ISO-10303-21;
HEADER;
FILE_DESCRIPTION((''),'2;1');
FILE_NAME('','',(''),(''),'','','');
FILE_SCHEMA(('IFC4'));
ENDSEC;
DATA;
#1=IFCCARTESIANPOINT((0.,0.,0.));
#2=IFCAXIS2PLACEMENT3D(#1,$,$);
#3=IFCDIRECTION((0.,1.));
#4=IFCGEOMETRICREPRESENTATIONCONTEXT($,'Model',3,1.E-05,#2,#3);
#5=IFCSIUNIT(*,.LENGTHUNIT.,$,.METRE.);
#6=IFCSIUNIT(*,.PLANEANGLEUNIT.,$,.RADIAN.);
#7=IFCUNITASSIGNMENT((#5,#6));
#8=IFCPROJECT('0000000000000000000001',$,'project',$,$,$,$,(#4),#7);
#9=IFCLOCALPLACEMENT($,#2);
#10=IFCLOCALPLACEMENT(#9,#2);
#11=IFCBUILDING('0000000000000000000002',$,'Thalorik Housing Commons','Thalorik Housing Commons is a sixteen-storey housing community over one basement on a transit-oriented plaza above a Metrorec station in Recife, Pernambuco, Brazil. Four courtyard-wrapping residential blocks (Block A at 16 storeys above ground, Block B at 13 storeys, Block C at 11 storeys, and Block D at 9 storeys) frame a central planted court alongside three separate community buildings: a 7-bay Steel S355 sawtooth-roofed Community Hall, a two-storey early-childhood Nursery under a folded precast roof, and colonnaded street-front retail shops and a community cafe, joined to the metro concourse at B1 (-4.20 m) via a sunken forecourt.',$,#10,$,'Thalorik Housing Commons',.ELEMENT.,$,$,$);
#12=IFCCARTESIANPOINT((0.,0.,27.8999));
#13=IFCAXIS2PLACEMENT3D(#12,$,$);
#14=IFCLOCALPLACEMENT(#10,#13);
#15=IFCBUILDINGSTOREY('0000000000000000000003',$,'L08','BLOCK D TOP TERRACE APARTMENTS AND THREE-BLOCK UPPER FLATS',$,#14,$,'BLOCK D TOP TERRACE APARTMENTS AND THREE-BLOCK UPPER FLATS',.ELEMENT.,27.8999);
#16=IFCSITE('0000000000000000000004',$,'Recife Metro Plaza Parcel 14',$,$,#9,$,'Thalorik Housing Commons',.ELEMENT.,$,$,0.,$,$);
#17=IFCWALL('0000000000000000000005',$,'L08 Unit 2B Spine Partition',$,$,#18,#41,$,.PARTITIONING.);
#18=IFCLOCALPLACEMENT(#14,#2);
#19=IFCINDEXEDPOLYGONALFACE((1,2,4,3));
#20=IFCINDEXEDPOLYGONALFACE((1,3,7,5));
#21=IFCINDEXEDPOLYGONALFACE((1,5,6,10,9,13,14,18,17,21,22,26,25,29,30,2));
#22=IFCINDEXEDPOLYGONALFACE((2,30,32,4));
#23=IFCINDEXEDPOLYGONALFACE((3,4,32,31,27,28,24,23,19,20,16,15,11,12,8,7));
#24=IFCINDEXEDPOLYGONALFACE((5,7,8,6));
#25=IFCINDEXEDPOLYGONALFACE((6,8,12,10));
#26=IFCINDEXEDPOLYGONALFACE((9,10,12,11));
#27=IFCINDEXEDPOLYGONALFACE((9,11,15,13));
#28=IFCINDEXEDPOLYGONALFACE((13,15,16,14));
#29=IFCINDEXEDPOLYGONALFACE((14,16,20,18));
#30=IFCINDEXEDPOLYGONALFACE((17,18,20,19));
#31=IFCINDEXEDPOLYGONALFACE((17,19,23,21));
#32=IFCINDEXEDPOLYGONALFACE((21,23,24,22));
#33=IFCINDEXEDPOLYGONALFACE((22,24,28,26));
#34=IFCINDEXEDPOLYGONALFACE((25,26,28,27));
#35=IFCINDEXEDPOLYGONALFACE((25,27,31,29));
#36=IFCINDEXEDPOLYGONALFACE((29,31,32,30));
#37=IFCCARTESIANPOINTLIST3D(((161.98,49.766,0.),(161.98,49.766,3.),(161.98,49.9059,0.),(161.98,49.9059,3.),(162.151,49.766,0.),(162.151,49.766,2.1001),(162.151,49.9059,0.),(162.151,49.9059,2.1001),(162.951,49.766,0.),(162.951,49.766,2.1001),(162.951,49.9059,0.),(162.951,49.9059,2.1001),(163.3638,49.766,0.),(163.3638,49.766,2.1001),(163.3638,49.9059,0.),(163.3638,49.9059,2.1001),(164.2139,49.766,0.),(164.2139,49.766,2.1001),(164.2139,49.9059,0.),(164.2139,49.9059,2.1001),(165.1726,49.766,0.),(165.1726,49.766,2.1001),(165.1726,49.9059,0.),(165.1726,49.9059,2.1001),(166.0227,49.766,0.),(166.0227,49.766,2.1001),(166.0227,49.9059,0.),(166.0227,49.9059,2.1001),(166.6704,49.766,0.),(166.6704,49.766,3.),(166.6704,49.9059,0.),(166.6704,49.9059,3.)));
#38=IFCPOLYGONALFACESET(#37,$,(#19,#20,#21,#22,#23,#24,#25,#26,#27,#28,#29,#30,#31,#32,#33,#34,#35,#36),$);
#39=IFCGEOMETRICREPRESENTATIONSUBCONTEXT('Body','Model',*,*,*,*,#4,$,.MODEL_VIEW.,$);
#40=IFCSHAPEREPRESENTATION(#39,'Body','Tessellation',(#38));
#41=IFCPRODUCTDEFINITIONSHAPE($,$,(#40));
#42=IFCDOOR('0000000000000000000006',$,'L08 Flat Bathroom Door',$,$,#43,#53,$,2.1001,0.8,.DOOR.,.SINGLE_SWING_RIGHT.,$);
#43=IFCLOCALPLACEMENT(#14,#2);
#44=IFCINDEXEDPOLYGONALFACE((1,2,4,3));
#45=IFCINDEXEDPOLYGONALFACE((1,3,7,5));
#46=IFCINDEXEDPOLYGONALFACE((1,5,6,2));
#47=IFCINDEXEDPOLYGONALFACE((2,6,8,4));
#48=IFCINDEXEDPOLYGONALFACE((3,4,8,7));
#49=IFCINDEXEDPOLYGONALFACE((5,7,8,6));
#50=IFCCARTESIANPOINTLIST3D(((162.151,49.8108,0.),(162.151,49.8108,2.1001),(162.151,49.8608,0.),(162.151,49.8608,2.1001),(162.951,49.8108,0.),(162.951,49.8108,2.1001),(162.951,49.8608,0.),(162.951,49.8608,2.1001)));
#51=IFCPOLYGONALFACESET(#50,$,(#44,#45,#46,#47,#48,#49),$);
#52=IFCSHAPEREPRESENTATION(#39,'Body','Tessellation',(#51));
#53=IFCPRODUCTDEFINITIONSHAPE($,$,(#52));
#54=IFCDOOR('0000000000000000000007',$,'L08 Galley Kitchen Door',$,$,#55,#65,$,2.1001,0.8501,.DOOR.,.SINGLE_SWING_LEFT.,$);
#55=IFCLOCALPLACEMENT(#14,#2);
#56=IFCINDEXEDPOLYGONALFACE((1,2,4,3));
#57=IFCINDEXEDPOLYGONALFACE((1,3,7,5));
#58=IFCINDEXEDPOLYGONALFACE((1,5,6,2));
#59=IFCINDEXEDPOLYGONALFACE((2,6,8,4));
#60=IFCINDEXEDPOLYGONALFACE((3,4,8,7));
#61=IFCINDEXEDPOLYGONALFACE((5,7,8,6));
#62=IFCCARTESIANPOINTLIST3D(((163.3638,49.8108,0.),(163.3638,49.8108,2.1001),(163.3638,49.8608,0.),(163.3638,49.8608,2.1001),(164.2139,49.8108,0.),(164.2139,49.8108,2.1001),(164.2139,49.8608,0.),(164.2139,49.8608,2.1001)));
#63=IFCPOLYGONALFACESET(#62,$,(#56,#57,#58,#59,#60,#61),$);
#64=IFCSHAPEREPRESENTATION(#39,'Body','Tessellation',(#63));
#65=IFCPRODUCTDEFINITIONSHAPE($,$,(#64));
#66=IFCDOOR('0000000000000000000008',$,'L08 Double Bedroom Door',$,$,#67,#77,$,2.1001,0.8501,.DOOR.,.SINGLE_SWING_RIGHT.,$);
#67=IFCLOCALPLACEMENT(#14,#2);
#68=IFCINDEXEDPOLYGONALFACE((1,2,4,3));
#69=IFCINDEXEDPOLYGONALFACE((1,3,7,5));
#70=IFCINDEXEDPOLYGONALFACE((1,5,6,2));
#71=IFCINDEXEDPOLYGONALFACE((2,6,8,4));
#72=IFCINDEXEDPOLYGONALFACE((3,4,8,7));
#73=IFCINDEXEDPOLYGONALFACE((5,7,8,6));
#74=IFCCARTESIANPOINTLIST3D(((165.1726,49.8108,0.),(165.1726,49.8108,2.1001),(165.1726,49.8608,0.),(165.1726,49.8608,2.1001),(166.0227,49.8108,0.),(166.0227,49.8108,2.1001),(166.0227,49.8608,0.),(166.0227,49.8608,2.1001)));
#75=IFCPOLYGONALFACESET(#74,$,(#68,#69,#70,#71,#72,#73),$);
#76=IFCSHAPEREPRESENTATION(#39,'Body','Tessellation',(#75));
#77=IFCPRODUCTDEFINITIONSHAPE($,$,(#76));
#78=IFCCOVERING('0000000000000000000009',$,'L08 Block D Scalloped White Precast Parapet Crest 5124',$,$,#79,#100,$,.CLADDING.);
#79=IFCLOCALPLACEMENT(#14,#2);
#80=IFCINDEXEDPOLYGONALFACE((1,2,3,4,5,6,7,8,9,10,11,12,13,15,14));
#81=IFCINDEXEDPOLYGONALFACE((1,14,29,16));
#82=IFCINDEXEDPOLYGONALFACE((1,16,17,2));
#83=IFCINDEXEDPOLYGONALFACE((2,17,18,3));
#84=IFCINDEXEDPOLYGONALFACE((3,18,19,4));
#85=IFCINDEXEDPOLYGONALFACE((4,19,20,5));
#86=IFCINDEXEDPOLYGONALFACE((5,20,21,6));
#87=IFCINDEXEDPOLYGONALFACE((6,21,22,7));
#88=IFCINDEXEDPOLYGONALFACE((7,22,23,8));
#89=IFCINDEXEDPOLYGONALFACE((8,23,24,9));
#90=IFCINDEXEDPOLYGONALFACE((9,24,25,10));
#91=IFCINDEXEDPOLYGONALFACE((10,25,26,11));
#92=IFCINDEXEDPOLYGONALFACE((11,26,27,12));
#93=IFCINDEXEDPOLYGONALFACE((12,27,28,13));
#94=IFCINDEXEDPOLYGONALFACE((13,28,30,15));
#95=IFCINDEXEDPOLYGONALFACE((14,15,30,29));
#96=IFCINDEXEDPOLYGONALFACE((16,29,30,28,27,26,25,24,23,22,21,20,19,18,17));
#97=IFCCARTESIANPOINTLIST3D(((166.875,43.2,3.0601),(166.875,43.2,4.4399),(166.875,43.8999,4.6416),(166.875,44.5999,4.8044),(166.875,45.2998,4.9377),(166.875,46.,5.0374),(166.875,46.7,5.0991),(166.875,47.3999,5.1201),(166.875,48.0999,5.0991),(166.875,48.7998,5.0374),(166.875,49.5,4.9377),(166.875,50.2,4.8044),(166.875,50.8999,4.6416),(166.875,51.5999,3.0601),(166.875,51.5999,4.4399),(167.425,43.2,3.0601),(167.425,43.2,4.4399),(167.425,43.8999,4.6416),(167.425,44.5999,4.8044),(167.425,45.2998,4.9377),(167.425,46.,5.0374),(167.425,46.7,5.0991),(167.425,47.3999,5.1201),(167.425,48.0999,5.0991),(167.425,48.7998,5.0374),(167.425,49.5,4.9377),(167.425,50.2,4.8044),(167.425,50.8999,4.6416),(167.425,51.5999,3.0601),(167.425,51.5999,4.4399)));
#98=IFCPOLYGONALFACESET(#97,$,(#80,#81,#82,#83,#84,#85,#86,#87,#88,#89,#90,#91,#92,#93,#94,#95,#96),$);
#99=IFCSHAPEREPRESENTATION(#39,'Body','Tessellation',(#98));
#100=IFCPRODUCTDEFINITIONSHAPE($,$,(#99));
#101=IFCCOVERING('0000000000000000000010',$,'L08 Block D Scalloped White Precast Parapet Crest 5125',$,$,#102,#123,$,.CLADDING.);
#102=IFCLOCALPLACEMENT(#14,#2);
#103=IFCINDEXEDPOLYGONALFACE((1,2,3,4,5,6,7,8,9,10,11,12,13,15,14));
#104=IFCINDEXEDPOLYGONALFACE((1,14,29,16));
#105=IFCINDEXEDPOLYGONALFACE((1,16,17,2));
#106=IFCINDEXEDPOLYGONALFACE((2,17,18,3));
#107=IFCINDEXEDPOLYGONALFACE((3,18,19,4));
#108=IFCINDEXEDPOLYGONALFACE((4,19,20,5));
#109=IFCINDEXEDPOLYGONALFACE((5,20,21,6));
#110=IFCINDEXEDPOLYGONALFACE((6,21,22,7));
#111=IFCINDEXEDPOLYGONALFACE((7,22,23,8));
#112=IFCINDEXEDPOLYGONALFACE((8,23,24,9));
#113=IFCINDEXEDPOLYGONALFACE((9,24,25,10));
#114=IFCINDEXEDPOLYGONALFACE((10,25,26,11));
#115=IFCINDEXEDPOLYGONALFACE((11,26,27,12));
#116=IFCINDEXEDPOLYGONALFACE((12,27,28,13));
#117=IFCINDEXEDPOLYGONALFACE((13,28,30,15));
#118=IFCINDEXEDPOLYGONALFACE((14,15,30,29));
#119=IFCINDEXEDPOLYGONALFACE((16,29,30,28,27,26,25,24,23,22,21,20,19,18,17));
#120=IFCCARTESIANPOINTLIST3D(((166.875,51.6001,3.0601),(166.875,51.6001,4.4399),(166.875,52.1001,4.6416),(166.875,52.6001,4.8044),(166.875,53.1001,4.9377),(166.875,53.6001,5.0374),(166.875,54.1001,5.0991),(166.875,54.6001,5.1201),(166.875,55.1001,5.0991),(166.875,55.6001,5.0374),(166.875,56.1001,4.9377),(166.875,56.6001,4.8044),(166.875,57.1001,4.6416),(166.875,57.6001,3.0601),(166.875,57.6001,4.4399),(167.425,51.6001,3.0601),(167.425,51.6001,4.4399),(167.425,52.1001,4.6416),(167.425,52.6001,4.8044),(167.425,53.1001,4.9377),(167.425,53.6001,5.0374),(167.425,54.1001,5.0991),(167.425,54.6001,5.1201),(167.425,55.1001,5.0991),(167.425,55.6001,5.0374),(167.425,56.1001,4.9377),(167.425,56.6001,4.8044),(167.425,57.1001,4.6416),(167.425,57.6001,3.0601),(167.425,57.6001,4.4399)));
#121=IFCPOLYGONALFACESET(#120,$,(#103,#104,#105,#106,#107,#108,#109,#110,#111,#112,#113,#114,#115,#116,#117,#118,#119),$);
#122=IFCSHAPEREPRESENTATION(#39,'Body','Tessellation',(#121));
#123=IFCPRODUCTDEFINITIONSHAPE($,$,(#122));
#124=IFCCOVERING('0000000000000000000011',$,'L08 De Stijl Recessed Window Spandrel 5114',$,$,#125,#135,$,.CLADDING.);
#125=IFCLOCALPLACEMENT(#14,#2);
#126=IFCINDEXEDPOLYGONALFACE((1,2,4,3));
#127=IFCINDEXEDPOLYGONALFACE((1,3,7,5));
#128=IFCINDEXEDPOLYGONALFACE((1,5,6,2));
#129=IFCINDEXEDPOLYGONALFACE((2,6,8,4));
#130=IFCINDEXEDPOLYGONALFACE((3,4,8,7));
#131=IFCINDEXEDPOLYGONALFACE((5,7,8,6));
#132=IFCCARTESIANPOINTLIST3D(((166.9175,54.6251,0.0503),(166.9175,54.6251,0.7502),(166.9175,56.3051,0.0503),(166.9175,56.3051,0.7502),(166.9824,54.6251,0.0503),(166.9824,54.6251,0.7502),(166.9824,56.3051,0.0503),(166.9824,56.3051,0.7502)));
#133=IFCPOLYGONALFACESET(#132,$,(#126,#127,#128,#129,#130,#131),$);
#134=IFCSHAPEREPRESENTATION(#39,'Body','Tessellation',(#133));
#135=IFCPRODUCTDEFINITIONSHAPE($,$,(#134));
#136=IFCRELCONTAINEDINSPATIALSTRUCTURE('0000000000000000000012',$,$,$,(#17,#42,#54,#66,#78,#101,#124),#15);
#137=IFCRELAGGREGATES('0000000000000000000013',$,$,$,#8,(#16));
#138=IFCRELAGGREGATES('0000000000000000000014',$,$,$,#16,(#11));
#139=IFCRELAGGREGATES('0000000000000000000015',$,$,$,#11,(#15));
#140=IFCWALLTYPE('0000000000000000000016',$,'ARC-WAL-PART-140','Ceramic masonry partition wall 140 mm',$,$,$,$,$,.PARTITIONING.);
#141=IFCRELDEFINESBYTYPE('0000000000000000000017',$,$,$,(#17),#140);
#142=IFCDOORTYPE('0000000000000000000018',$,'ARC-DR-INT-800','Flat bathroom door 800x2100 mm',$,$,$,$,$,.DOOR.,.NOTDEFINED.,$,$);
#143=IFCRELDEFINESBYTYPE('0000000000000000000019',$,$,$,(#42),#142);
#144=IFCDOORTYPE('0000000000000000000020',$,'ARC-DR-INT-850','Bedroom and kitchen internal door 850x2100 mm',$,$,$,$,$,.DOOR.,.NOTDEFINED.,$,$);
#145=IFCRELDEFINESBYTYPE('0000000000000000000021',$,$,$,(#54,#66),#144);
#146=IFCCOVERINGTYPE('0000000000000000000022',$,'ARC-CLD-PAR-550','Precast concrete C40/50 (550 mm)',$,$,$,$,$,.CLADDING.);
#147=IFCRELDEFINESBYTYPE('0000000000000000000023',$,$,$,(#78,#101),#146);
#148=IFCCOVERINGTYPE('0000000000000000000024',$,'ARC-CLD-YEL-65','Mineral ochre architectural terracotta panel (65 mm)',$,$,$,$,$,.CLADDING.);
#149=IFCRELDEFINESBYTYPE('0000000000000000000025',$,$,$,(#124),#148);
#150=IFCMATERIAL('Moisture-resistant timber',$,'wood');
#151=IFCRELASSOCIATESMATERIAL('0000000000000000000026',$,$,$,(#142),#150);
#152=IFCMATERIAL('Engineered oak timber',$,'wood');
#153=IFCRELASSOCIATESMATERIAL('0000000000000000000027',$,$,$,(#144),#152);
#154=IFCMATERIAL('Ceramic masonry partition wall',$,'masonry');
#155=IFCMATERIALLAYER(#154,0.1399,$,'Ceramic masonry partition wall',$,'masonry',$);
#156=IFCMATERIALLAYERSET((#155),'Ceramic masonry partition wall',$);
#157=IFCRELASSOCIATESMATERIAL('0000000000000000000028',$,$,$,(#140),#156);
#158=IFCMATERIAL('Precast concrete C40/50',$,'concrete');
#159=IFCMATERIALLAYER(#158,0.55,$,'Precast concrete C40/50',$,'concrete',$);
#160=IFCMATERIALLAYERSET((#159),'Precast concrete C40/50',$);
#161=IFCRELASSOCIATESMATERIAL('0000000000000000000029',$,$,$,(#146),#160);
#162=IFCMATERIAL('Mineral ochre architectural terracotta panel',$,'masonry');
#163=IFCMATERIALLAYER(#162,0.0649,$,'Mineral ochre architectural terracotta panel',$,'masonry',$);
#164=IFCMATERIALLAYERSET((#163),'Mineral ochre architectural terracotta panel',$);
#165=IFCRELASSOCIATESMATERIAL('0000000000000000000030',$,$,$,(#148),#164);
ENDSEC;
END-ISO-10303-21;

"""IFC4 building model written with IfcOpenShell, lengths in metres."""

from ifc_helpers import new_model, si_unit, direction, frame, frame_2d, origin, origin_2d, place, context, subcontext, project, spatial, polyline, rectangle, outline, extrude, material, layer, layer_set, type_object, element, fill, save


model = new_model("IFC4")

# Units and contexts
model_context = context("Model", 3, precision=1e-05, world=origin(), true_north=direction((0.0, 1.0)))
body_context = subcontext(model_context, "Body", "Model", "MODEL_VIEW")
ifc_project = project(units=[si_unit("LENGTHUNIT", "METRE"), si_unit("PLANEANGLEUNIT", "RADIAN")], contexts=[model_context])

# Site, building, storey
site_placement = place(None, origin())
site = spatial("IfcSite", under=ifc_project, at=site_placement, Name="Recife Metro Plaza Parcel 14", LongName="Thalorik Housing Commons", CompositionType="ELEMENT", RefElevation=0.0)
building_placement = place(site_placement, origin())
building = spatial("IfcBuilding", under=site, at=building_placement, Name="Thalorik Housing Commons", Description="Thalorik Housing Commons is a sixteen-storey housing community over one basement on a transit-oriented plaza above a Metrorec station in Recife, Pernambuco, Brazil. Four courtyard-wrapping residential blocks (Block A at 16 storeys above ground, Block B at 13 storeys, Block C at 11 storeys, and Block D at 9 storeys) frame a central planted court alongside three separate community buildings: a 7-bay Steel S355 sawtooth-roofed Community Hall, a two-storey early-childhood Nursery under a folded precast roof, and colonnaded street-front retail shops and a community cafe, joined to the metro concourse at B1 (-4.20 m) via a sunken forecourt.", LongName="Thalorik Housing Commons", CompositionType="ELEMENT")
storey_placement = place(building_placement, frame((0.0, 0.0, 27.8999)))
storey = spatial("IfcBuildingStorey", under=building, at=storey_placement, Name="L08", Description="BLOCK D TOP TERRACE APARTMENTS AND THREE-BLOCK UPPER FLATS", LongName="BLOCK D TOP TERRACE APARTMENTS AND THREE-BLOCK UPPER FLATS", CompositionType="ELEMENT", Elevation=27.8999)

# Shared definitions
ifc_material_1 = material(Name="Precast concrete C40/50", Category="concrete")

# Shared definitions
ifc_material_2 = material(Name="Moisture-resistant timber", Category="wood")
door_type_1 = type_object("IfcDoorType", Name="ARC-DR-INT-800", Description="Flat bathroom door 800x2100 mm", OperationType="NOTDEFINED", PredefinedType="DOOR", material=ifc_material_2)
ifc_material_3 = material(Name="Engineered oak timber", Category="wood")
door_type_2 = type_object("IfcDoorType", Name="ARC-DR-INT-850", Description="Bedroom and kitchen internal door 850x2100 mm", OperationType="NOTDEFINED", PredefinedType="DOOR", material=ifc_material_3)

# Wall, openings, doors
ifc_material_4 = material(Name="Ceramic masonry partition wall", Category="masonry")
ifc_layer_1 = layer(ifc_material_4, 0.1399, Name="Ceramic masonry partition wall", Category="masonry")
ifc_layer_set_1 = layer_set([ifc_layer_1], Name="Ceramic masonry partition wall")
wall_type_1 = type_object("IfcWallType", Name="ARC-WAL-PART-140", Description="Ceramic masonry partition wall 140 mm", PredefinedType="PARTITIONING", material=ifc_layer_set_1)
wall_1_placement = place(storey_placement, frame((161.98, 49.8359, 0.0), z_axis=(0.0, 0.0, 1.0), x_axis=(1.0, 0.0, 0.0)))
wall_1 = element("IfcWall", 1, at=wall_1_placement, inside=storey, type_object=wall_type_1, Name="L08 Unit 2B Spine Partition", PredefinedType="PARTITIONING", context=body_context, shape_type="SweptSolid", body=[
    extrude(rectangle(XDim=4.6904, YDim=0.1399, at=frame_2d((2.3452, 0.0))), origin(), (0.0, 0.0, 1.0), 3.0),
])
opening_1_placement = place(wall_1_placement, frame((0.1711, 0.0, 0.0)))
opening_1 = element("IfcOpeningElement", 2, at=opening_1_placement, cuts=wall_1, PredefinedType="OPENING", context=body_context, shape_type="SweptSolid", body=[
    extrude(rectangle(XDim=0.8, YDim=2.1001, at=frame_2d((0.3999, 1.05))), frame((0.0, 0.0801, 0.0), z_axis=(0.0, -1.0, 0.0), x_axis=(1.0, 0.0, 0.0)), (0.0, 0.0, 1.0), 0.1599),
])
opening_2_placement = place(wall_1_placement, frame((1.3838, 0.0, 0.0)))
opening_2 = element("IfcOpeningElement", 3, at=opening_2_placement, cuts=wall_1, PredefinedType="OPENING", context=body_context, shape_type="SweptSolid", body=[
    extrude(rectangle(XDim=0.8501, YDim=2.1001, at=frame_2d((0.425, 1.05))), frame((0.0, 0.0801, 0.0), z_axis=(0.0, -1.0, 0.0), x_axis=(1.0, 0.0, 0.0)), (0.0, 0.0, 1.0), 0.1599),
])
opening_3_placement = place(wall_1_placement, frame((3.1926, 0.0, 0.0)))
opening_3 = element("IfcOpeningElement", 4, at=opening_3_placement, cuts=wall_1, PredefinedType="OPENING", context=body_context, shape_type="SweptSolid", body=[
    extrude(rectangle(XDim=0.8501, YDim=2.1001, at=frame_2d((0.425, 1.05))), frame((0.0, 0.0801, 0.0), z_axis=(0.0, -1.0, 0.0), x_axis=(1.0, 0.0, 0.0)), (0.0, 0.0, 1.0), 0.1599),
])
door_1_placement = place(opening_1_placement, origin())
door_1 = element("IfcDoor", 5, at=door_1_placement, inside=storey, type_object=door_type_1, Name="L08 Flat Bathroom Door", OperationType="SINGLE_SWING_RIGHT", OverallHeight=2.1001, OverallWidth=0.8, PredefinedType="DOOR", context=body_context, shape_type="SweptSolid", body=[
    extrude(rectangle(XDim=0.8, YDim=2.1001, at=frame_2d((0.3999, 1.05))), frame((0.0, 0.0249, 0.0), z_axis=(0.0, -1.0, 0.0), x_axis=(1.0, 0.0, 0.0)), (0.0, 0.0, 1.0), 0.05),
])
fill(opening_1, door_1)
door_2_placement = place(opening_2_placement, origin())
door_2 = element("IfcDoor", 6, at=door_2_placement, inside=storey, type_object=door_type_2, Name="L08 Galley Kitchen Door", OperationType="SINGLE_SWING_LEFT", OverallHeight=2.1001, OverallWidth=0.8501, PredefinedType="DOOR", context=body_context, shape_type="SweptSolid", body=[
    extrude(rectangle(XDim=0.8501, YDim=2.1001, at=frame_2d((0.425, 1.05))), frame((0.0, 0.0249, 0.0), z_axis=(0.0, -1.0, 0.0), x_axis=(1.0, 0.0, 0.0)), (0.0, 0.0, 1.0), 0.05),
])
fill(opening_2, door_2)
door_3_placement = place(opening_3_placement, origin())
door_3 = element("IfcDoor", 7, at=door_3_placement, inside=storey, type_object=door_type_2, Name="L08 Double Bedroom Door", OperationType="SINGLE_SWING_RIGHT", OverallHeight=2.1001, OverallWidth=0.8501, PredefinedType="DOOR", context=body_context, shape_type="SweptSolid", body=[
    extrude(rectangle(XDim=0.8501, YDim=2.1001, at=frame_2d((0.425, 1.05))), frame((0.0, 0.0249, 0.0), z_axis=(0.0, -1.0, 0.0), x_axis=(1.0, 0.0, 0.0)), (0.0, 0.0, 1.0), 0.05),
])
fill(opening_3, door_3)

# Coverings
ifc_layer_2 = layer(ifc_material_1, 0.55, Name="Precast concrete C40/50", Category="concrete")
ifc_layer_set_2 = layer_set([ifc_layer_2], Name="Precast concrete C40/50")
covering_type_1 = type_object("IfcCoveringType", Name="ARC-CLD-PAR-550", Description="Precast concrete C40/50 (550 mm)", PredefinedType="CLADDING", material=ifc_layer_set_2)
covering_1_placement = place(storey_placement, frame((167.1499, 47.3999, 3.0601), z_axis=(0.0, 0.0, 1.0), x_axis=(0.0, 1.0, 0.0)))
element("IfcCovering", 8, at=covering_1_placement, inside=storey, type_object=covering_type_1, Name="L08 Block D Scalloped White Precast Parapet Crest 5124", PredefinedType="CLADDING", context=body_context, shape_type="SweptSolid", body=[
    extrude(outline(polyline([(-4.2, 0.0), (4.2, 0.0), (4.2, 1.3799), (3.5, 1.5815), (2.8, 1.7444), (2.1001, 1.8777), (1.3999, 1.9773), (0.7, 2.0391), (0.0, 2.0601), (-0.7, 2.0391), (-1.3999, 1.9773), (-2.1001, 1.8777), (-2.8, 1.7444), (-3.5, 1.5815), (-4.2, 1.3799), (-4.2, 0.0)])), frame((0.0, 0.2749, 0.0), z_axis=(0.0, -1.0, 0.0), x_axis=(1.0, 0.0, 0.0)), (0.0, 0.0, 1.0), 0.55),
])
covering_2_placement = place(storey_placement, frame((167.1499, 54.6001, 3.0601), z_axis=(0.0, 0.0, 1.0), x_axis=(0.0, 1.0, 0.0)))
element("IfcCovering", 9, at=covering_2_placement, inside=storey, type_object=covering_type_1, Name="L08 Block D Scalloped White Precast Parapet Crest 5125", PredefinedType="CLADDING", context=body_context, shape_type="SweptSolid", body=[
    extrude(outline(polyline([(-3.0, 0.0), (3.0, 0.0), (3.0, 1.3799), (2.5, 1.5815), (2.0, 1.7444), (1.5, 1.8777), (1.0, 1.9773), (0.5, 2.0391), (0.0, 2.0601), (-0.5, 2.0391), (-1.0, 1.9773), (-1.5, 1.8777), (-2.0, 1.7444), (-2.5, 1.5815), (-3.0, 1.3799), (-3.0, 0.0)])), frame((0.0, 0.2749, 0.0), z_axis=(0.0, -1.0, 0.0), x_axis=(1.0, 0.0, 0.0)), (0.0, 0.0, 1.0), 0.55),
])
ifc_material_5 = material(Name="Mineral ochre architectural terracotta panel", Category="masonry")
ifc_layer_3 = layer(ifc_material_5, 0.0649, Name="Mineral ochre architectural terracotta panel", Category="masonry")
ifc_layer_set_3 = layer_set([ifc_layer_3], Name="Mineral ochre architectural terracotta panel")
covering_type_2 = type_object("IfcCoveringType", Name="ARC-CLD-YEL-65", Description="Mineral ochre architectural terracotta panel (65 mm)", PredefinedType="CLADDING", material=ifc_layer_set_3)
covering_3_placement = place(storey_placement, frame((166.95, 55.4651, 0.0503), z_axis=(0.0, 0.0, 1.0), x_axis=(0.0, 1.0, 0.0)))
element("IfcCovering", 10, at=covering_3_placement, inside=storey, type_object=covering_type_2, Name="L08 De Stijl Recessed Window Spandrel 5114", PredefinedType="CLADDING", context=body_context, shape_type="SweptSolid", body=[
    extrude(rectangle(XDim=1.6799, YDim=0.0649, at=origin_2d()), origin(), (0.0, 0.0, 1.0), 0.7),
])

save(model, "model.ifc")
